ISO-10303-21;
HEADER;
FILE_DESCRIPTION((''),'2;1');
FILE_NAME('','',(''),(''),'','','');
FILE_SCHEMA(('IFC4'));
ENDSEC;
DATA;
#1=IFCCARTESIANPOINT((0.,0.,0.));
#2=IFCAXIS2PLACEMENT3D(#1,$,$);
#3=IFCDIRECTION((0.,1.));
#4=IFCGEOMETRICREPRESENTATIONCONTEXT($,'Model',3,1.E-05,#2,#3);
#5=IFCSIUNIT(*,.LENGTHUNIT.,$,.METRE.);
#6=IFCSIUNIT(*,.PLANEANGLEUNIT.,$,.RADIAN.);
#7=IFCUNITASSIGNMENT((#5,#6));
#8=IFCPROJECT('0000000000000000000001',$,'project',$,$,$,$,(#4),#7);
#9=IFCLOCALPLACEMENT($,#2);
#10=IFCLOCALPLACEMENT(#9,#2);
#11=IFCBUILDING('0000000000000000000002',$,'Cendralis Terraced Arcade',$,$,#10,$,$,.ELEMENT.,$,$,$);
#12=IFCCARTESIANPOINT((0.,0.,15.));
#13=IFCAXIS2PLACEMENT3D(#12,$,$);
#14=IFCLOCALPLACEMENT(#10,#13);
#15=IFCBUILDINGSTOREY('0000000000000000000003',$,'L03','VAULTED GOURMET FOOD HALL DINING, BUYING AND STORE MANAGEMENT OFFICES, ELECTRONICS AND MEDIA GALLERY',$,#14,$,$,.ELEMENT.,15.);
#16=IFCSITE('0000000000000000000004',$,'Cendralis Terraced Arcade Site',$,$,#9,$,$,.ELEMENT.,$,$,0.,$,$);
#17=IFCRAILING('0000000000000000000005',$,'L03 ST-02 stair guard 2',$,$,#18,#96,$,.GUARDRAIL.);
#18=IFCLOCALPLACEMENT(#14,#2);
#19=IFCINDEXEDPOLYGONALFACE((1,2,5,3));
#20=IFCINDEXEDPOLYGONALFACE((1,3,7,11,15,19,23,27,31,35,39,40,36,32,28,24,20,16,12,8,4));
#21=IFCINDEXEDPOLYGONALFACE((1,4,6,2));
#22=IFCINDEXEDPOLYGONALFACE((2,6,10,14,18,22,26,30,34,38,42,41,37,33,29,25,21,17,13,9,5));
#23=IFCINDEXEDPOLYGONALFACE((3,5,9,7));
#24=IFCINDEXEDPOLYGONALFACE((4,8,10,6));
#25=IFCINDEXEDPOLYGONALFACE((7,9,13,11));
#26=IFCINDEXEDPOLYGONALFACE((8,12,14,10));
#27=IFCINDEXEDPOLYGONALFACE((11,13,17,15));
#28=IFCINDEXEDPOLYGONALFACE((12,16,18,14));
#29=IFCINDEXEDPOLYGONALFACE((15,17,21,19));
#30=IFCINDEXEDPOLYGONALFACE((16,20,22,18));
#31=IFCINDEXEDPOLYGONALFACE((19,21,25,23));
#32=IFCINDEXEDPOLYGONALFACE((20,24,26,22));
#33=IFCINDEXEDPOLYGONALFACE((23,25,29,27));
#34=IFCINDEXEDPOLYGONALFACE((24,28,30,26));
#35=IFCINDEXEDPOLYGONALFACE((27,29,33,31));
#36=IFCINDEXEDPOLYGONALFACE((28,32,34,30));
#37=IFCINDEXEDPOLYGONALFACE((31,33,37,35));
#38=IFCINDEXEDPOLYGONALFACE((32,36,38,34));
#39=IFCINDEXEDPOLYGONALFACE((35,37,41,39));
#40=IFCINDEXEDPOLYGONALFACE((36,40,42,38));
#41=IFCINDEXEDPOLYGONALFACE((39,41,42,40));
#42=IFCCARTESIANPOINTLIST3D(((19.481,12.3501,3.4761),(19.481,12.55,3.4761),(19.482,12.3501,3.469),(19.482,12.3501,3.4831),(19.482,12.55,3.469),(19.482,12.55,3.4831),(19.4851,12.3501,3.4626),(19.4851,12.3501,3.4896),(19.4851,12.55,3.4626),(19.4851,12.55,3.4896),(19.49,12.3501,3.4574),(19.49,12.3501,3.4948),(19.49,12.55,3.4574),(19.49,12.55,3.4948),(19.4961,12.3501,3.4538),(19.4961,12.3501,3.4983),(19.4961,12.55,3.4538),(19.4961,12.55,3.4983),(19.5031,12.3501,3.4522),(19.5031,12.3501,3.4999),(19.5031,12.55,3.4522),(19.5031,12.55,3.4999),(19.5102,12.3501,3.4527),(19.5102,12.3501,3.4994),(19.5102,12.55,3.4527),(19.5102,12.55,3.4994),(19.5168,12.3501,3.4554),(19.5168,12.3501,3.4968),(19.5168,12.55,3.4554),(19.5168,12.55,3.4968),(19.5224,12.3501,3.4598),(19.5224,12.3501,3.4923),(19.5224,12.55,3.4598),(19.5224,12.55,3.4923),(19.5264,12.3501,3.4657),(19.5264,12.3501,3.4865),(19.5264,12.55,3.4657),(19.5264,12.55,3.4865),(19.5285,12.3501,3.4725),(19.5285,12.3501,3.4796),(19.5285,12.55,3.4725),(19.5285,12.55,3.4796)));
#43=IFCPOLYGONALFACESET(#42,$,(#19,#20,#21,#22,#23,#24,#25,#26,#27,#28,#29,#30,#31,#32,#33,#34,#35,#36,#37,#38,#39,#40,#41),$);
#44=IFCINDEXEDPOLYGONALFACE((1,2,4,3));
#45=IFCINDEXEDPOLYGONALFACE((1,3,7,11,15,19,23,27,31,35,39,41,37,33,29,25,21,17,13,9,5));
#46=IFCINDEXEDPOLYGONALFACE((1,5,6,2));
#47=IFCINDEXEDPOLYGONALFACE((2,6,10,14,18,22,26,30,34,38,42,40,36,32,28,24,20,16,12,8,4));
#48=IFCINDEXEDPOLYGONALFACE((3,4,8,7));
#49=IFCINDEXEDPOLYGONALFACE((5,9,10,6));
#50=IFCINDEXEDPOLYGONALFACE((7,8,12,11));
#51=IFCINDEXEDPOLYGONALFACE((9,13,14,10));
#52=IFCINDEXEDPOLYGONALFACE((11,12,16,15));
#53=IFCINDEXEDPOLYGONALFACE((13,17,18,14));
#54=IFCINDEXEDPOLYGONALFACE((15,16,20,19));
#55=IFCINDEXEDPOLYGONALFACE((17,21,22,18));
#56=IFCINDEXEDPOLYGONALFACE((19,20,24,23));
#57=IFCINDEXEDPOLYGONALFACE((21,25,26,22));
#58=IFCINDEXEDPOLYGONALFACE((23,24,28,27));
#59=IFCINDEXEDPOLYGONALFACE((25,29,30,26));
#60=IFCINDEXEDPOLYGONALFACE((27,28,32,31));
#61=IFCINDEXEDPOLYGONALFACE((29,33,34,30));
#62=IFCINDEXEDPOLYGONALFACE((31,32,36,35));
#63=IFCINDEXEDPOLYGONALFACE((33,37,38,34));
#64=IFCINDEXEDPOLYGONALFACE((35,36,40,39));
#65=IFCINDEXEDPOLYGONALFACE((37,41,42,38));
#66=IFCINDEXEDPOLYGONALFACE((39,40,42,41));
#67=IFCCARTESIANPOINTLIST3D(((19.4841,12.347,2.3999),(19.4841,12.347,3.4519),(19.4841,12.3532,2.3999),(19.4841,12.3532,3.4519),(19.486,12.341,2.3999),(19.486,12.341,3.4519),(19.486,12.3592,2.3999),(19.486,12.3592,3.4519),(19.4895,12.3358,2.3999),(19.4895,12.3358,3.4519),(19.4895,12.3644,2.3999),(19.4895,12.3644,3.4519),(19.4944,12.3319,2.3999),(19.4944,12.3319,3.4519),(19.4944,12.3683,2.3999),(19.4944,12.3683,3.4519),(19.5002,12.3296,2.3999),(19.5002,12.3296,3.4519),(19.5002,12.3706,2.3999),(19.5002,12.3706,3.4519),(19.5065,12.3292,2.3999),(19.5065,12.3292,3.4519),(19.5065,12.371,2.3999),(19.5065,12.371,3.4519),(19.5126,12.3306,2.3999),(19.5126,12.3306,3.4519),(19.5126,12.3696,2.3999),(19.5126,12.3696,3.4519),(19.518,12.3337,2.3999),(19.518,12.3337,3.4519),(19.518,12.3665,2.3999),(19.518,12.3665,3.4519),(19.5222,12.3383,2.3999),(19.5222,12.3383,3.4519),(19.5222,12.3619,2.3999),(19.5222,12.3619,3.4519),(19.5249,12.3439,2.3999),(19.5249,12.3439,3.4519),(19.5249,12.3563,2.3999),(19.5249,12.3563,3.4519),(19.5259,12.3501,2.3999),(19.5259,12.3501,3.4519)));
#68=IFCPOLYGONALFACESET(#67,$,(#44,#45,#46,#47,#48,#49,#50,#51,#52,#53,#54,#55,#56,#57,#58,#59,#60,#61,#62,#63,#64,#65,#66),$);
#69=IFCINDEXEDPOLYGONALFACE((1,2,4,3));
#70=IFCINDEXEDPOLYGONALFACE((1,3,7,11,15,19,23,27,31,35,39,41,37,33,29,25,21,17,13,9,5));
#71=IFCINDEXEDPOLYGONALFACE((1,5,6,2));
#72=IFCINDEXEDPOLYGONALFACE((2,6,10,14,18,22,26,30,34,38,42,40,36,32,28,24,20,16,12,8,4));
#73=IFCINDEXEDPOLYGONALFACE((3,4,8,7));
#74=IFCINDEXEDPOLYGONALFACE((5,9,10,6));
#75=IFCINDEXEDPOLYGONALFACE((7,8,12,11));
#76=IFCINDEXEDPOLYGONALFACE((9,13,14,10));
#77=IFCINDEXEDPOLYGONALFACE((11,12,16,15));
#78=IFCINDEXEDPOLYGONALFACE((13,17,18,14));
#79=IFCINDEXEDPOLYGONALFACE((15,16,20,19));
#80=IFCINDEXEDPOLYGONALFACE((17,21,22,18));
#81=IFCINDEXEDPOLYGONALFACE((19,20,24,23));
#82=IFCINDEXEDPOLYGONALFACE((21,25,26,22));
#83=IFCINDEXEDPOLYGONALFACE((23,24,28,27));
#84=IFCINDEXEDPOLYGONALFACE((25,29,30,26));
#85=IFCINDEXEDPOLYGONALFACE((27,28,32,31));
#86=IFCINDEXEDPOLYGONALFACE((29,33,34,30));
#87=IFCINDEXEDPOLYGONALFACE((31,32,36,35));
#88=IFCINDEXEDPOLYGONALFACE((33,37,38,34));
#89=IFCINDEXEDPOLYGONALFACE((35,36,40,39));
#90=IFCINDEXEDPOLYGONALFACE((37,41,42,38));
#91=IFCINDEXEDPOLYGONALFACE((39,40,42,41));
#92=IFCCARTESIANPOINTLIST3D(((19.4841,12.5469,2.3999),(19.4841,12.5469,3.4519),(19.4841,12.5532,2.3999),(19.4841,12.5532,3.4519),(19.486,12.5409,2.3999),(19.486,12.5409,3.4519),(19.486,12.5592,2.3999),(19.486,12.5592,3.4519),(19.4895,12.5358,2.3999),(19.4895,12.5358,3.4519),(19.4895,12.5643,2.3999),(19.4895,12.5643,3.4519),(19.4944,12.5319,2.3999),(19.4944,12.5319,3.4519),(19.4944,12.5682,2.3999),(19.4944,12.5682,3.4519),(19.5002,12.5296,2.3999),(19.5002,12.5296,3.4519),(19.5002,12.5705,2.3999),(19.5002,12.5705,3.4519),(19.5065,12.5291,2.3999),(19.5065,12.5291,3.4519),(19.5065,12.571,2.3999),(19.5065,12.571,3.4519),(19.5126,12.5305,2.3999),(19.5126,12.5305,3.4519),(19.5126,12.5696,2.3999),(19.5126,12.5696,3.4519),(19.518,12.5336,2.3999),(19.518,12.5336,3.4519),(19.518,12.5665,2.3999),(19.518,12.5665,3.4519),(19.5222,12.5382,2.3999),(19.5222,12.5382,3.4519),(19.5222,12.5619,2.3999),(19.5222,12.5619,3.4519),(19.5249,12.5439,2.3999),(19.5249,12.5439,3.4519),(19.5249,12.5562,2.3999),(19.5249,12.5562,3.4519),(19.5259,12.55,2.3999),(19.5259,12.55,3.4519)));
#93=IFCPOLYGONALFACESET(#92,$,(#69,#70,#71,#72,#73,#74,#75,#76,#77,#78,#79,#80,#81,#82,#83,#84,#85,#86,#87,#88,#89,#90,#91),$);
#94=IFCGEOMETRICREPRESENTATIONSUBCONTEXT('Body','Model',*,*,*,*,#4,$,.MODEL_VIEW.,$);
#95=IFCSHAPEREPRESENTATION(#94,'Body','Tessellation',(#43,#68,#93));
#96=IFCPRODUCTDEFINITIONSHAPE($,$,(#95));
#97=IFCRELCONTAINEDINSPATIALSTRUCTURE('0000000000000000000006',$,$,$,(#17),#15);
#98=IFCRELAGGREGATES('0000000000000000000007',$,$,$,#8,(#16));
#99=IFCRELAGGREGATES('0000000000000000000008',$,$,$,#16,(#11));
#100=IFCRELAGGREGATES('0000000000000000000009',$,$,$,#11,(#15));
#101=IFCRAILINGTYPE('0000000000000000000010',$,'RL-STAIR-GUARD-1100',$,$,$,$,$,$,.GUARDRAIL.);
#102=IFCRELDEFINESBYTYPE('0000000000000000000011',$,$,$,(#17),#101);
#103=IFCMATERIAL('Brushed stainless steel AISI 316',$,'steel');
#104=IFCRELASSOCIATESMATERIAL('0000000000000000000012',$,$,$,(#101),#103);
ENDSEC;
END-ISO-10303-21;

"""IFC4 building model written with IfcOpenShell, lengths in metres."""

from ifc_helpers import new_model, si_unit, direction, frame, origin, origin_2d, place, context, subcontext, project, spatial, circle, extrude, material, type_object, element, save


model = new_model("IFC4")

# Units and contexts
model_context = context("Model", 3, precision=1e-05, world=origin(), true_north=direction((0.0, 1.0)))
body_context = subcontext(model_context, "Body", "Model", "MODEL_VIEW")
ifc_project = project(units=[si_unit("LENGTHUNIT", "METRE"), si_unit("PLANEANGLEUNIT", "RADIAN")], contexts=[model_context])

# Site, building, storey
site_placement = place(None, origin())
site = spatial("IfcSite", under=ifc_project, at=site_placement, Name="Cendralis Terraced Arcade Site", CompositionType="ELEMENT", RefElevation=0.0)
building_placement = place(site_placement, origin())
building = spatial("IfcBuilding", under=site, at=building_placement, Name="Cendralis Terraced Arcade", CompositionType="ELEMENT")
storey_placement = place(building_placement, frame((0.0, 0.0, 15.0)))
storey = spatial("IfcBuildingStorey", under=building, at=storey_placement, Name="L03", Description="VAULTED GOURMET FOOD HALL DINING, BUYING AND STORE MANAGEMENT OFFICES, ELECTRONICS AND MEDIA GALLERY", CompositionType="ELEMENT", Elevation=15.0)

# Railing
ifc_material_1 = material(Name="Brushed stainless steel AISI 316", Category="steel")
railing_type_1 = type_object("IfcRailingType", Name="RL-STAIR-GUARD-1100", PredefinedType="GUARDRAIL", material=ifc_material_1)
railing_1_placement = place(storey_placement, frame((19.5049, 12.3501, 2.3999)))
element("IfcRailing", 1, at=railing_1_placement, inside=storey, type_object=railing_type_1, Name="L03 ST-02 stair guard 2", PredefinedType="GUARDRAIL", context=body_context, shape_type="SweptSolid", body=[
    extrude(circle(Radius=0.0239, at=origin_2d()), frame((0.0, 0.0, 1.0762), z_axis=(0.0, 1.0, 0.0), x_axis=(-1.0, 0.0, 0.0)), (0.0, 0.0, 1.0), 0.2),
    extrude(circle(Radius=0.021, at=origin_2d()), origin(), (0.0, 0.0, 1.0), 1.052),
    extrude(circle(Radius=0.021, at=origin_2d()), frame((0.0, 0.2, 0.0)), (0.0, 0.0, 1.0), 1.052),
])

save(model, "model.ifc")
